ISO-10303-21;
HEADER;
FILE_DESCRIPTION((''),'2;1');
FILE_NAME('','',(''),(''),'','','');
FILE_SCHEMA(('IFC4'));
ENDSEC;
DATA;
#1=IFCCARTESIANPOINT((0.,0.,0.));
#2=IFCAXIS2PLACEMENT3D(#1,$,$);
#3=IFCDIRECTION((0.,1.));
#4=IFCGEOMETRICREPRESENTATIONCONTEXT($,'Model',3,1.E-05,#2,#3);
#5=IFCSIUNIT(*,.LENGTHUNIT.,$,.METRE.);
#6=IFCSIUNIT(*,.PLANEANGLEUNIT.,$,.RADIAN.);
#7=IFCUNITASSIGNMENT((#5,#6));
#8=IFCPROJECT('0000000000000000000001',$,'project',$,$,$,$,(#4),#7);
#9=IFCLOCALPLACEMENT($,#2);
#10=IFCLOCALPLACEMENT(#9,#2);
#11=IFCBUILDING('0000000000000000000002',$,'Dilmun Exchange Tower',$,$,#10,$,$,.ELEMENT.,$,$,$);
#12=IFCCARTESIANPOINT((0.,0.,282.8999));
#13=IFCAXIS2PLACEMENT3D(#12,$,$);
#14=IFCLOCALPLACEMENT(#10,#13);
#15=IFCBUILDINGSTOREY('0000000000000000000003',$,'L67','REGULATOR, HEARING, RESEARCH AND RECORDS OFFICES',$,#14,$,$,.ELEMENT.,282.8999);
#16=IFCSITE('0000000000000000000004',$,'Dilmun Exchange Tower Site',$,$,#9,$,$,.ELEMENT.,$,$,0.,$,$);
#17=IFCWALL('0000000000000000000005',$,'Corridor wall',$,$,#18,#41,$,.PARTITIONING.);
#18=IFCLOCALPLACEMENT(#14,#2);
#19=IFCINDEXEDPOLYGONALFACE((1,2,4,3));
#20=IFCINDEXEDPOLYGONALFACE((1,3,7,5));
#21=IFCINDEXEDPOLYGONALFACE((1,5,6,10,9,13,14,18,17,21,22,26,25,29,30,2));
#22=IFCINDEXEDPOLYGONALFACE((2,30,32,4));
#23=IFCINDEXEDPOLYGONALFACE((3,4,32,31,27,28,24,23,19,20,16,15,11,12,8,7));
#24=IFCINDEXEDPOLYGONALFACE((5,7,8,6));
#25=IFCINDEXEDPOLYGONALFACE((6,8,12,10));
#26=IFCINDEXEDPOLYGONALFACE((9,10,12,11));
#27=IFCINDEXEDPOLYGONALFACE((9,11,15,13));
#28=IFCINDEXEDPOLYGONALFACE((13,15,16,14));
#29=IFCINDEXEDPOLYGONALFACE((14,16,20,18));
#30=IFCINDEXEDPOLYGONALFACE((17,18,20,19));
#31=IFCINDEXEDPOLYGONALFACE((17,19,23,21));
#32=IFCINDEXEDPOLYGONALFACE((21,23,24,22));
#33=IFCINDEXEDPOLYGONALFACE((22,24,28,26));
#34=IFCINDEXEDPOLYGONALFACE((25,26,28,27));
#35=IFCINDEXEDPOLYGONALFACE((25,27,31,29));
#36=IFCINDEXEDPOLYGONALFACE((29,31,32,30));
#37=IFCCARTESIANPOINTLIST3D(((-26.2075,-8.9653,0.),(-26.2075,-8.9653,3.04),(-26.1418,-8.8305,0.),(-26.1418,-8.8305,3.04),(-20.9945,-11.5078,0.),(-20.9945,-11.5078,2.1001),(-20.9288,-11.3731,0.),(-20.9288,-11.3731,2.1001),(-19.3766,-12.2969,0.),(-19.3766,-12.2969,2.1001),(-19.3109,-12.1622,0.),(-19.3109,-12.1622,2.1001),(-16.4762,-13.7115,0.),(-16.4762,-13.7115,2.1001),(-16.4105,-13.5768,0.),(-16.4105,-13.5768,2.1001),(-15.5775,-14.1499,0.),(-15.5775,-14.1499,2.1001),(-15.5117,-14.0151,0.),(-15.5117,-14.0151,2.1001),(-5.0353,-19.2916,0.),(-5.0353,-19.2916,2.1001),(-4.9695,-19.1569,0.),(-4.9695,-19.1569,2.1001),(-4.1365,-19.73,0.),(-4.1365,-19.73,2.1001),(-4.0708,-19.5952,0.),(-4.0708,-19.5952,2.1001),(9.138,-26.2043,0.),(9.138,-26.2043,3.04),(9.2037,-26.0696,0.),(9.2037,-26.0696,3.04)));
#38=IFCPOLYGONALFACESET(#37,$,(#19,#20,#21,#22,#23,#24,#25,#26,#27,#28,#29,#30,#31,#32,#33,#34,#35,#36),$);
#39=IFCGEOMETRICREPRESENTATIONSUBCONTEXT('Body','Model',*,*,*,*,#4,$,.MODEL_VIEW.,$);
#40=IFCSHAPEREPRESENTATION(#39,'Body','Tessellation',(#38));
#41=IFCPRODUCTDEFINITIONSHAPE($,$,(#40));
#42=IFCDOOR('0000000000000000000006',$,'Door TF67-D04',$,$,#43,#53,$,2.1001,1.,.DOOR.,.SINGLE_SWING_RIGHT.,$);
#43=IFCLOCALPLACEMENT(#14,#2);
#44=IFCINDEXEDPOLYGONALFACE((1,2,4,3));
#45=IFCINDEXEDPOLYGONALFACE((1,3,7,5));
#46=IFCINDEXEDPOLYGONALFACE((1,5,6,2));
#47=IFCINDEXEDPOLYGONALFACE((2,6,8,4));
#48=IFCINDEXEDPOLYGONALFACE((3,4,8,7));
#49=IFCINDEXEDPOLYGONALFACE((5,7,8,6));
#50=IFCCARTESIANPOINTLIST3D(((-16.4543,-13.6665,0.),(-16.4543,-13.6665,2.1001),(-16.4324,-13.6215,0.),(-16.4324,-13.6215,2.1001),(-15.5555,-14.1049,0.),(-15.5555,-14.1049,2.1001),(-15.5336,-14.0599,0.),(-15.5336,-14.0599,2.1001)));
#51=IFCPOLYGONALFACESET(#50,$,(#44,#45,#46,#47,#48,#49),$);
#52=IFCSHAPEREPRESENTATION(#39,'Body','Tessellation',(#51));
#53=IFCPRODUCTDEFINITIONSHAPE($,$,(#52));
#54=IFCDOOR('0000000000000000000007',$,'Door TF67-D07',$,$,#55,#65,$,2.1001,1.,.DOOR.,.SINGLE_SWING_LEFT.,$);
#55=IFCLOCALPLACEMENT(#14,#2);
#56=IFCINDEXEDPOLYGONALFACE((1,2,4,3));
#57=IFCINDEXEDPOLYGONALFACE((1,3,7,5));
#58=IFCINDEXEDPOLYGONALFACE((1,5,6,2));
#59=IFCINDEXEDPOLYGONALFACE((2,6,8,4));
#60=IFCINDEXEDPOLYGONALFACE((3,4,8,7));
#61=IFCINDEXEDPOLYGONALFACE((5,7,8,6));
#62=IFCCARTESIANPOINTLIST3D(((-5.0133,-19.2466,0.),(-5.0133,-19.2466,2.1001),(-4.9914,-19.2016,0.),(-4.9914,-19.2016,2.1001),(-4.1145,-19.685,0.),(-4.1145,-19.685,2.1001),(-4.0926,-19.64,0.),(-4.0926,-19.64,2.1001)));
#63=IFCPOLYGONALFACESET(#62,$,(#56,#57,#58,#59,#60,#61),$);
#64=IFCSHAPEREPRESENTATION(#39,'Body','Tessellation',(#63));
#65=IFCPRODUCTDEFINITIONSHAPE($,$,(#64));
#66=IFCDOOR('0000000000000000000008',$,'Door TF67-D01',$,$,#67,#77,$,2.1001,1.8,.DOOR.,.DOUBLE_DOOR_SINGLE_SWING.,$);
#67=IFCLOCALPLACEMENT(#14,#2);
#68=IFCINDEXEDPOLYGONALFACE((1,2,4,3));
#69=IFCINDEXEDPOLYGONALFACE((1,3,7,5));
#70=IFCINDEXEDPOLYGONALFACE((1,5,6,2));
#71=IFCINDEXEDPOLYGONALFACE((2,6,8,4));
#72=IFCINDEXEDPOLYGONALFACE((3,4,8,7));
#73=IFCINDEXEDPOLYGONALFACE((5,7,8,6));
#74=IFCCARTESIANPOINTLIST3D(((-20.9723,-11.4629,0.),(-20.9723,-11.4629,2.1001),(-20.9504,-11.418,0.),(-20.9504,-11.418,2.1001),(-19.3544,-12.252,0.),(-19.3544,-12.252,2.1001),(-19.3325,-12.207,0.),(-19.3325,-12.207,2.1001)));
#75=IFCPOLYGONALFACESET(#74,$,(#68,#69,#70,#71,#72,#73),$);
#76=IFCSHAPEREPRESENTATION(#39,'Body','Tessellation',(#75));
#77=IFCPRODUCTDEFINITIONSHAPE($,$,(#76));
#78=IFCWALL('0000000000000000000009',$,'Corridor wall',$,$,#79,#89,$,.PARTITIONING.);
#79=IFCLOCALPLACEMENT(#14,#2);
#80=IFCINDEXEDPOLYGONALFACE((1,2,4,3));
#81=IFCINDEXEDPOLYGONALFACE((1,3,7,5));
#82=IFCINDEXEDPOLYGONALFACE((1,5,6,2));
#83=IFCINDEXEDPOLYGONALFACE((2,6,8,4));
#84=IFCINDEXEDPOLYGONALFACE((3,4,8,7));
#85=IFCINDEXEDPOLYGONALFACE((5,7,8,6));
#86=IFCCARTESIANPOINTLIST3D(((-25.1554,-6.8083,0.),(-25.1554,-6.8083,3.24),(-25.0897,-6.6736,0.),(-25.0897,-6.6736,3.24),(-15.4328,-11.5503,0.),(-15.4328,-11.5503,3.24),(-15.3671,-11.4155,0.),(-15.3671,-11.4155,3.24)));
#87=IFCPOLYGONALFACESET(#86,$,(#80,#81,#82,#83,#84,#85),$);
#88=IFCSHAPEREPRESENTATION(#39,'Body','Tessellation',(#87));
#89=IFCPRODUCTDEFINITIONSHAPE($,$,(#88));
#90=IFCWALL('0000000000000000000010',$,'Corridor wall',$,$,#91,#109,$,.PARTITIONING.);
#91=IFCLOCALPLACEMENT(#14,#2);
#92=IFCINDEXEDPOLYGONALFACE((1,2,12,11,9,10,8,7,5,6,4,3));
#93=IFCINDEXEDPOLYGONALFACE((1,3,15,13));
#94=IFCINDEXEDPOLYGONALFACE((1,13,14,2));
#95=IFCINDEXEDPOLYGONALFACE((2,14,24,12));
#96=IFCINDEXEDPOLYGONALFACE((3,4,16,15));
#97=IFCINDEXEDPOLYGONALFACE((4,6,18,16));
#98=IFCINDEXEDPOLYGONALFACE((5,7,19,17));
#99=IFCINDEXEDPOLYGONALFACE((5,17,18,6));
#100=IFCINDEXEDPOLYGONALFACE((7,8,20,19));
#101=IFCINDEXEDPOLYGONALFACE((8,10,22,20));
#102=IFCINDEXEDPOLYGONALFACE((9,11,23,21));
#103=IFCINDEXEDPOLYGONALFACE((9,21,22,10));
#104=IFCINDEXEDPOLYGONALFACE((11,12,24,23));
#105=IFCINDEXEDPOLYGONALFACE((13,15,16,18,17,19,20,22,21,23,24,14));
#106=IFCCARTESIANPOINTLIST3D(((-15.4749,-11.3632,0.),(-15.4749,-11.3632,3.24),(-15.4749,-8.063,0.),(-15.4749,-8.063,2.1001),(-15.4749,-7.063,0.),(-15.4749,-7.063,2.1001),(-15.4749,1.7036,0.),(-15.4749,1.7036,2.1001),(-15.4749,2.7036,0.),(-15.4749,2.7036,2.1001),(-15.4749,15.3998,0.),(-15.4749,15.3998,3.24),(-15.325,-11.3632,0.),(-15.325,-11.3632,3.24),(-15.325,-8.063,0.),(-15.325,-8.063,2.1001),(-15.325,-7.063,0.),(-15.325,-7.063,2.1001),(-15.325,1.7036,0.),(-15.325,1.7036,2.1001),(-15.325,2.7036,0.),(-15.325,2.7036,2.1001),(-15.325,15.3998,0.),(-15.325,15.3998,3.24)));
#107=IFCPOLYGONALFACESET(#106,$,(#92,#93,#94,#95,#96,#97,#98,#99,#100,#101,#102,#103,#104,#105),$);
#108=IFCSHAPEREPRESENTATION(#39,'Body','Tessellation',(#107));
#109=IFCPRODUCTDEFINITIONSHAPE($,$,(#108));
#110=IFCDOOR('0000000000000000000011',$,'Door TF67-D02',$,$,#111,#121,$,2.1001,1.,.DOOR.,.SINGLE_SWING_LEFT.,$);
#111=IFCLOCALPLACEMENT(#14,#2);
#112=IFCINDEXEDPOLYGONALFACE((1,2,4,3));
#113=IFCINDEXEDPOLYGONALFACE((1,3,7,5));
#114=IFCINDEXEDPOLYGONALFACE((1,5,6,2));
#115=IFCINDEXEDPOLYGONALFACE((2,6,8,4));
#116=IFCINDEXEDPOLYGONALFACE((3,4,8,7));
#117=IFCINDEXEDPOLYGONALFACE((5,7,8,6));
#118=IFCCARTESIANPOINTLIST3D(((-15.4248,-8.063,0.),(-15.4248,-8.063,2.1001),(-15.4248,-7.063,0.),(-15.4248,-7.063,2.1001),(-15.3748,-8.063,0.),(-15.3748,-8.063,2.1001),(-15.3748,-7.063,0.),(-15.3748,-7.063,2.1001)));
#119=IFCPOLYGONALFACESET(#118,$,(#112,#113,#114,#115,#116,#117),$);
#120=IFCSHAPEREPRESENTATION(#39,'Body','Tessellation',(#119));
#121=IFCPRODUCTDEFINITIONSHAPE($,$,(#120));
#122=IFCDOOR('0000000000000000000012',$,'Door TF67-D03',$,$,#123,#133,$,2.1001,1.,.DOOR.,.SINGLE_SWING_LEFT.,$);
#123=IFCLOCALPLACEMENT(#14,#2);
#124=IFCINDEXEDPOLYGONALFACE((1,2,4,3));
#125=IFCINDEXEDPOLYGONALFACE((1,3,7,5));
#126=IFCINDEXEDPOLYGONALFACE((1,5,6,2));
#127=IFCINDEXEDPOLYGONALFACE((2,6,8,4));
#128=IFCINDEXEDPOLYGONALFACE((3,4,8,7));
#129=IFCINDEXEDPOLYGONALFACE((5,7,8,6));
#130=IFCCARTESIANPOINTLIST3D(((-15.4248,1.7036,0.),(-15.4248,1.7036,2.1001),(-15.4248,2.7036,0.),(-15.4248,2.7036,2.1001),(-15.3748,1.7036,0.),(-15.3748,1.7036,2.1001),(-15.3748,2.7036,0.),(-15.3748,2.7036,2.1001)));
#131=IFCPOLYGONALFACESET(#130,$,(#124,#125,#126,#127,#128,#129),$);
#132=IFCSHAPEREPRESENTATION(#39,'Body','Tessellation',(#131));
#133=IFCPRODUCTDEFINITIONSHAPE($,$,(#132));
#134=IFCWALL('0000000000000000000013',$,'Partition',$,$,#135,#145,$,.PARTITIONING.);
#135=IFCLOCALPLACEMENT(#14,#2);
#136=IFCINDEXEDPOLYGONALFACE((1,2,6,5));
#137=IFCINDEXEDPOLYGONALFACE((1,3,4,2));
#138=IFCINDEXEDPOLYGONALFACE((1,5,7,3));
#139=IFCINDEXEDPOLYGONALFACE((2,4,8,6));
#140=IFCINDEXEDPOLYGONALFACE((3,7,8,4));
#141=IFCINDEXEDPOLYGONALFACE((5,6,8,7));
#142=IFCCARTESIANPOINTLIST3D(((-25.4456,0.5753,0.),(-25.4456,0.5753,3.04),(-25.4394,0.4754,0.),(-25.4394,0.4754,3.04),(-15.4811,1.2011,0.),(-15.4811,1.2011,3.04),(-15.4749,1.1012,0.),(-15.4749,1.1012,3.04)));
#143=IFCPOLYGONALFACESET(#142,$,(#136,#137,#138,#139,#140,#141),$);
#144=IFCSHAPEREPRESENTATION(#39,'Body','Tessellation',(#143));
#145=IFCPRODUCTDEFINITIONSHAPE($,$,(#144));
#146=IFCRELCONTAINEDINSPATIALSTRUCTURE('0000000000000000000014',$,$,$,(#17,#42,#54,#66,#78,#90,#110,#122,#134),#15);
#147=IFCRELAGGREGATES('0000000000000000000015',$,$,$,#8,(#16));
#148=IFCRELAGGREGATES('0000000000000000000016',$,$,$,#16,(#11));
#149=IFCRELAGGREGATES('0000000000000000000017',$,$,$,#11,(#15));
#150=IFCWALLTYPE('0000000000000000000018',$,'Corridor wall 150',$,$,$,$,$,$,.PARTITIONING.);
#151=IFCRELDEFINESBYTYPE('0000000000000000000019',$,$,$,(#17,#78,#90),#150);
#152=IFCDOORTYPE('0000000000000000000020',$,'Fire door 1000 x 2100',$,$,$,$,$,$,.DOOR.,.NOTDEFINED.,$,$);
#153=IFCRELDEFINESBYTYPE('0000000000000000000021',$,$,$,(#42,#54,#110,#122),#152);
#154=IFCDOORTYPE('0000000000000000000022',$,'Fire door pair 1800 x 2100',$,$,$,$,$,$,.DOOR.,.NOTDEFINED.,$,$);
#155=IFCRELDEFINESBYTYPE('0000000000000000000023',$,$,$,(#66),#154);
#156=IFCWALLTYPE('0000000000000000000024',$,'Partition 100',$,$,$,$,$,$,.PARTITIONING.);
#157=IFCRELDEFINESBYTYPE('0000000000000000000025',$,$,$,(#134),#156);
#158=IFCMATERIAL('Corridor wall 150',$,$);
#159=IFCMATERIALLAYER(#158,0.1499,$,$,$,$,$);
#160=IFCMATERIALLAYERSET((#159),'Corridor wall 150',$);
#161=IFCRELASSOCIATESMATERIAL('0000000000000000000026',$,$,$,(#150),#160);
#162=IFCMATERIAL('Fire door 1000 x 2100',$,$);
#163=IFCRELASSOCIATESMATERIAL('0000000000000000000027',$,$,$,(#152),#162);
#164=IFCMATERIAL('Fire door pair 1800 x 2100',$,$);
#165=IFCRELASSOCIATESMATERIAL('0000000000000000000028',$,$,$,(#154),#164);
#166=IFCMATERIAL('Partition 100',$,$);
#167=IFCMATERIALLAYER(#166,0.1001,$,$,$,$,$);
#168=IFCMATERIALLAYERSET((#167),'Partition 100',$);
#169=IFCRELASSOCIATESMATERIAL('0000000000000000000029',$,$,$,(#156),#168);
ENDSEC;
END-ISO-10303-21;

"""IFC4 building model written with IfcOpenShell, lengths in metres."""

from ifc_helpers import new_model, si_unit, direction, frame, frame_2d, origin, place, context, subcontext, project, spatial, rectangle, extrude, material, layer, layer_set, type_object, element, fill, save


model = new_model("IFC4")

# Units and contexts
model_context = context("Model", 3, precision=1e-05, world=origin(), true_north=direction((0.0, 1.0)))
body_context = subcontext(model_context, "Body", "Model", "MODEL_VIEW")
ifc_project = project(units=[si_unit("LENGTHUNIT", "METRE"), si_unit("PLANEANGLEUNIT", "RADIAN")], contexts=[model_context])

# Site, building, storey
site_placement = place(None, origin())
site = spatial("IfcSite", under=ifc_project, at=site_placement, Name="Dilmun Exchange Tower Site", CompositionType="ELEMENT", RefElevation=0.0)
building_placement = place(site_placement, origin())
building = spatial("IfcBuilding", under=site, at=building_placement, Name="Dilmun Exchange Tower", CompositionType="ELEMENT")
storey_placement = place(building_placement, frame((0.0, 0.0, 282.8999)))
storey = spatial("IfcBuildingStorey", under=building, at=storey_placement, Name="L67", Description="REGULATOR, HEARING, RESEARCH AND RECORDS OFFICES", CompositionType="ELEMENT", Elevation=282.8999)

# Shared definitions
ifc_material_1 = material(Name="Corridor wall 150")
ifc_layer_1 = layer(ifc_material_1, 0.1499)
ifc_layer_set_1 = layer_set([ifc_layer_1], Name="Corridor wall 150")
wall_type_1 = type_object("IfcWallType", Name="Corridor wall 150", PredefinedType="PARTITIONING", material=ifc_layer_set_1)

# Wall, openings, doors
wall_1_placement = place(storey_placement, frame((-26.1746, -8.8979, 0.0), z_axis=(0.0, 0.0, 1.0), x_axis=(0.898795, -0.438369, 0.0)))
wall_1 = element("IfcWall", 1, at=wall_1_placement, inside=storey, type_object=wall_type_1, Name="Corridor wall", PredefinedType="PARTITIONING", context=body_context, shape_type="SweptSolid", body=[
    extrude(rectangle(XDim=39.3254, YDim=0.1499, at=frame_2d((19.6626, 0.0))), origin(), (0.0, 0.0, 1.0), 3.04),
])
opening_1_placement = place(wall_1_placement, frame((5.8, 0.0, 0.0)))
opening_1 = element("IfcOpeningElement", 2, at=opening_1_placement, cuts=wall_1, PredefinedType="OPENING", context=body_context, shape_type="SweptSolid", body=[
    extrude(rectangle(XDim=1.8, YDim=2.1001, at=frame_2d((0.8999, 1.05))), frame((0.0, 0.085, 0.0), z_axis=(0.0, -1.0, 0.0), x_axis=(1.0, 0.0, 0.0)), (0.0, 0.0, 1.0), 0.1699),
])
opening_2_placement = place(wall_1_placement, frame((10.8269, 0.0, 0.0)))
opening_2 = element("IfcOpeningElement", 3, at=opening_2_placement, cuts=wall_1, PredefinedType="OPENING", context=body_context, shape_type="SweptSolid", body=[
    extrude(rectangle(XDim=1.0, YDim=2.1001, at=frame_2d((0.5, 1.05))), frame((0.0, 0.085, 0.0), z_axis=(0.0, -1.0, 0.0), x_axis=(1.0, 0.0, 0.0)), (0.0, 0.0, 1.0), 0.1699),
])
opening_3_placement = place(wall_1_placement, frame((23.5562, 0.0, 0.0)))
opening_3 = element("IfcOpeningElement", 4, at=opening_3_placement, cuts=wall_1, PredefinedType="OPENING", context=body_context, shape_type="SweptSolid", body=[
    extrude(rectangle(XDim=1.0, YDim=2.1001, at=frame_2d((0.5, 1.05))), frame((0.0, 0.085, 0.0), z_axis=(0.0, -1.0, 0.0), x_axis=(1.0, 0.0, 0.0)), (0.0, 0.0, 1.0), 0.1699),
])
ifc_material_2 = material(Name="Fire door 1000 x 2100")
door_type_1 = type_object("IfcDoorType", Name="Fire door 1000 x 2100", OperationType="NOTDEFINED", PredefinedType="DOOR", material=ifc_material_2)
door_1_placement = place(opening_2_placement, frame((1.0, 0.0, 0.0), z_axis=(0.0, 0.0, 1.0), x_axis=(-1.0, 0.0, 0.0)))
door_1 = element("IfcDoor", 5, at=door_1_placement, inside=storey, type_object=door_type_1, Name="Door TF67-D04", OperationType="SINGLE_SWING_RIGHT", OverallHeight=2.1001, OverallWidth=1.0, PredefinedType="DOOR", context=body_context, shape_type="SweptSolid", body=[
    extrude(rectangle(XDim=1.0, YDim=2.1001, at=frame_2d((0.5, 1.05))), frame((0.0, 0.0249, 0.0), z_axis=(0.0, -1.0, 0.0), x_axis=(1.0, 0.0, 0.0)), (0.0, 0.0, 1.0), 0.05),
])
fill(opening_2, door_1)
door_2_placement = place(opening_3_placement, frame((1.0, 0.0, 0.0), z_axis=(0.0, 0.0, 1.0), x_axis=(-1.0, 0.0, 0.0)))
door_2 = element("IfcDoor", 6, at=door_2_placement, inside=storey, type_object=door_type_1, Name="Door TF67-D07", OperationType="SINGLE_SWING_LEFT", OverallHeight=2.1001, OverallWidth=1.0, PredefinedType="DOOR", context=body_context, shape_type="SweptSolid", body=[
    extrude(rectangle(XDim=1.0, YDim=2.1001, at=frame_2d((0.5, 1.05))), frame((0.0, 0.0249, 0.0), z_axis=(0.0, -1.0, 0.0), x_axis=(1.0, 0.0, 0.0)), (0.0, 0.0, 1.0), 0.05),
])
fill(opening_3, door_2)
ifc_material_3 = material(Name="Fire door pair 1800 x 2100")
door_type_2 = type_object("IfcDoorType", Name="Fire door pair 1800 x 2100", OperationType="NOTDEFINED", PredefinedType="DOOR", material=ifc_material_3)
door_3_placement = place(opening_1_placement, frame((1.8, 0.0, 0.0), z_axis=(0.0, 0.0, 1.0), x_axis=(-1.0, 0.0, 0.0)))
door_3 = element("IfcDoor", 7, at=door_3_placement, inside=storey, type_object=door_type_2, Name="Door TF67-D01", OperationType="DOUBLE_DOOR_SINGLE_SWING", OverallHeight=2.1001, OverallWidth=1.8, PredefinedType="DOOR", context=body_context, shape_type="SweptSolid", body=[
    extrude(rectangle(XDim=1.8, YDim=2.1001, at=frame_2d((0.8999, 1.05))), frame((0.0, 0.0249, 0.0), z_axis=(0.0, -1.0, 0.0), x_axis=(1.0, 0.0, 0.0)), (0.0, 0.0, 1.0), 0.05),
])
fill(opening_1, door_3)

# Wall
wall_2_placement = place(storey_placement, frame((-25.1226, -6.741, 0.0), z_axis=(0.0, 0.0, 1.0), x_axis=(0.898798, -0.438363, 0.0)))
element("IfcWall", 8, at=wall_2_placement, inside=storey, type_object=wall_type_1, Name="Corridor wall", PredefinedType="PARTITIONING", context=body_context, shape_type="SweptSolid", body=[
    extrude(rectangle(XDim=10.8174, YDim=0.1499, at=frame_2d((5.4087, 0.0))), origin(), (0.0, 0.0, 1.0), 3.24),
])

# Wall, openings, doors
wall_3_placement = place(storey_placement, frame((-15.3999, -11.363, 0.0), z_axis=(0.0, 0.0, 1.0), x_axis=(0.0, 1.0, 0.0)))
wall_3 = element("IfcWall", 9, at=wall_3_placement, inside=storey, type_object=wall_type_1, Name="Corridor wall", PredefinedType="PARTITIONING", context=body_context, shape_type="SweptSolid", body=[
    extrude(rectangle(XDim=26.7629, YDim=0.1499, at=frame_2d((13.3813, 0.0))), origin(), (0.0, 0.0, 1.0), 3.24),
])
opening_4_placement = place(wall_3_placement, frame((3.3, 0.0, 0.0)))
opening_4 = element("IfcOpeningElement", 10, at=opening_4_placement, cuts=wall_3, PredefinedType="OPENING", context=body_context, shape_type="SweptSolid", body=[
    extrude(rectangle(XDim=1.0, YDim=2.1001, at=frame_2d((0.5, 1.05))), frame((0.0, 0.085, 0.0), z_axis=(0.0, -1.0, 0.0), x_axis=(1.0, 0.0, 0.0)), (0.0, 0.0, 1.0), 0.1699),
])
opening_5_placement = place(wall_3_placement, frame((13.0667, 0.0, 0.0)))
opening_5 = element("IfcOpeningElement", 11, at=opening_5_placement, cuts=wall_3, PredefinedType="OPENING", context=body_context, shape_type="SweptSolid", body=[
    extrude(rectangle(XDim=1.0, YDim=2.1001, at=frame_2d((0.5, 1.05))), frame((0.0, 0.085, 0.0), z_axis=(0.0, -1.0, 0.0), x_axis=(1.0, 0.0, 0.0)), (0.0, 0.0, 1.0), 0.1699),
])
door_4_placement = place(opening_4_placement, origin())
door_4 = element("IfcDoor", 12, at=door_4_placement, inside=storey, type_object=door_type_1, Name="Door TF67-D02", OperationType="SINGLE_SWING_LEFT", OverallHeight=2.1001, OverallWidth=1.0, PredefinedType="DOOR", context=body_context, shape_type="SweptSolid", body=[
    extrude(rectangle(XDim=1.0, YDim=2.1001, at=frame_2d((0.5, 1.05))), frame((0.0, 0.0249, 0.0), z_axis=(0.0, -1.0, 0.0), x_axis=(1.0, 0.0, 0.0)), (0.0, 0.0, 1.0), 0.05),
])
fill(opening_4, door_4)
door_5_placement = place(opening_5_placement, origin())
door_5 = element("IfcDoor", 13, at=door_5_placement, inside=storey, type_object=door_type_1, Name="Door TF67-D03", OperationType="SINGLE_SWING_LEFT", OverallHeight=2.1001, OverallWidth=1.0, PredefinedType="DOOR", context=body_context, shape_type="SweptSolid", body=[
    extrude(rectangle(XDim=1.0, YDim=2.1001, at=frame_2d((0.5, 1.05))), frame((0.0, 0.0249, 0.0), z_axis=(0.0, -1.0, 0.0), x_axis=(1.0, 0.0, 0.0)), (0.0, 0.0, 1.0), 0.05),
])
fill(opening_5, door_5)

# Wall
ifc_material_4 = material(Name="Partition 100")
ifc_layer_2 = layer(ifc_material_4, 0.1001)
ifc_layer_set_2 = layer_set([ifc_layer_2], Name="Partition 100")
wall_type_2 = type_object("IfcWallType", Name="Partition 100", PredefinedType="PARTITIONING", material=ifc_layer_set_2)
wall_4_placement = place(storey_placement, frame((-25.4426, 0.5254, 0.0), z_axis=(0.0, 0.0, 1.0), x_axis=(0.998034, 0.062672, 0.0)))
element("IfcWall", 14, at=wall_4_placement, inside=storey, type_object=wall_type_2, Name="Partition", PredefinedType="PARTITIONING", context=body_context, shape_type="SweptSolid", body=[
    extrude(rectangle(XDim=9.9841, YDim=0.1001, at=frame_2d((4.9922, 0.0))), origin(), (0.0, 0.0, 1.0), 3.04),
])

save(model, "model.ifc")
